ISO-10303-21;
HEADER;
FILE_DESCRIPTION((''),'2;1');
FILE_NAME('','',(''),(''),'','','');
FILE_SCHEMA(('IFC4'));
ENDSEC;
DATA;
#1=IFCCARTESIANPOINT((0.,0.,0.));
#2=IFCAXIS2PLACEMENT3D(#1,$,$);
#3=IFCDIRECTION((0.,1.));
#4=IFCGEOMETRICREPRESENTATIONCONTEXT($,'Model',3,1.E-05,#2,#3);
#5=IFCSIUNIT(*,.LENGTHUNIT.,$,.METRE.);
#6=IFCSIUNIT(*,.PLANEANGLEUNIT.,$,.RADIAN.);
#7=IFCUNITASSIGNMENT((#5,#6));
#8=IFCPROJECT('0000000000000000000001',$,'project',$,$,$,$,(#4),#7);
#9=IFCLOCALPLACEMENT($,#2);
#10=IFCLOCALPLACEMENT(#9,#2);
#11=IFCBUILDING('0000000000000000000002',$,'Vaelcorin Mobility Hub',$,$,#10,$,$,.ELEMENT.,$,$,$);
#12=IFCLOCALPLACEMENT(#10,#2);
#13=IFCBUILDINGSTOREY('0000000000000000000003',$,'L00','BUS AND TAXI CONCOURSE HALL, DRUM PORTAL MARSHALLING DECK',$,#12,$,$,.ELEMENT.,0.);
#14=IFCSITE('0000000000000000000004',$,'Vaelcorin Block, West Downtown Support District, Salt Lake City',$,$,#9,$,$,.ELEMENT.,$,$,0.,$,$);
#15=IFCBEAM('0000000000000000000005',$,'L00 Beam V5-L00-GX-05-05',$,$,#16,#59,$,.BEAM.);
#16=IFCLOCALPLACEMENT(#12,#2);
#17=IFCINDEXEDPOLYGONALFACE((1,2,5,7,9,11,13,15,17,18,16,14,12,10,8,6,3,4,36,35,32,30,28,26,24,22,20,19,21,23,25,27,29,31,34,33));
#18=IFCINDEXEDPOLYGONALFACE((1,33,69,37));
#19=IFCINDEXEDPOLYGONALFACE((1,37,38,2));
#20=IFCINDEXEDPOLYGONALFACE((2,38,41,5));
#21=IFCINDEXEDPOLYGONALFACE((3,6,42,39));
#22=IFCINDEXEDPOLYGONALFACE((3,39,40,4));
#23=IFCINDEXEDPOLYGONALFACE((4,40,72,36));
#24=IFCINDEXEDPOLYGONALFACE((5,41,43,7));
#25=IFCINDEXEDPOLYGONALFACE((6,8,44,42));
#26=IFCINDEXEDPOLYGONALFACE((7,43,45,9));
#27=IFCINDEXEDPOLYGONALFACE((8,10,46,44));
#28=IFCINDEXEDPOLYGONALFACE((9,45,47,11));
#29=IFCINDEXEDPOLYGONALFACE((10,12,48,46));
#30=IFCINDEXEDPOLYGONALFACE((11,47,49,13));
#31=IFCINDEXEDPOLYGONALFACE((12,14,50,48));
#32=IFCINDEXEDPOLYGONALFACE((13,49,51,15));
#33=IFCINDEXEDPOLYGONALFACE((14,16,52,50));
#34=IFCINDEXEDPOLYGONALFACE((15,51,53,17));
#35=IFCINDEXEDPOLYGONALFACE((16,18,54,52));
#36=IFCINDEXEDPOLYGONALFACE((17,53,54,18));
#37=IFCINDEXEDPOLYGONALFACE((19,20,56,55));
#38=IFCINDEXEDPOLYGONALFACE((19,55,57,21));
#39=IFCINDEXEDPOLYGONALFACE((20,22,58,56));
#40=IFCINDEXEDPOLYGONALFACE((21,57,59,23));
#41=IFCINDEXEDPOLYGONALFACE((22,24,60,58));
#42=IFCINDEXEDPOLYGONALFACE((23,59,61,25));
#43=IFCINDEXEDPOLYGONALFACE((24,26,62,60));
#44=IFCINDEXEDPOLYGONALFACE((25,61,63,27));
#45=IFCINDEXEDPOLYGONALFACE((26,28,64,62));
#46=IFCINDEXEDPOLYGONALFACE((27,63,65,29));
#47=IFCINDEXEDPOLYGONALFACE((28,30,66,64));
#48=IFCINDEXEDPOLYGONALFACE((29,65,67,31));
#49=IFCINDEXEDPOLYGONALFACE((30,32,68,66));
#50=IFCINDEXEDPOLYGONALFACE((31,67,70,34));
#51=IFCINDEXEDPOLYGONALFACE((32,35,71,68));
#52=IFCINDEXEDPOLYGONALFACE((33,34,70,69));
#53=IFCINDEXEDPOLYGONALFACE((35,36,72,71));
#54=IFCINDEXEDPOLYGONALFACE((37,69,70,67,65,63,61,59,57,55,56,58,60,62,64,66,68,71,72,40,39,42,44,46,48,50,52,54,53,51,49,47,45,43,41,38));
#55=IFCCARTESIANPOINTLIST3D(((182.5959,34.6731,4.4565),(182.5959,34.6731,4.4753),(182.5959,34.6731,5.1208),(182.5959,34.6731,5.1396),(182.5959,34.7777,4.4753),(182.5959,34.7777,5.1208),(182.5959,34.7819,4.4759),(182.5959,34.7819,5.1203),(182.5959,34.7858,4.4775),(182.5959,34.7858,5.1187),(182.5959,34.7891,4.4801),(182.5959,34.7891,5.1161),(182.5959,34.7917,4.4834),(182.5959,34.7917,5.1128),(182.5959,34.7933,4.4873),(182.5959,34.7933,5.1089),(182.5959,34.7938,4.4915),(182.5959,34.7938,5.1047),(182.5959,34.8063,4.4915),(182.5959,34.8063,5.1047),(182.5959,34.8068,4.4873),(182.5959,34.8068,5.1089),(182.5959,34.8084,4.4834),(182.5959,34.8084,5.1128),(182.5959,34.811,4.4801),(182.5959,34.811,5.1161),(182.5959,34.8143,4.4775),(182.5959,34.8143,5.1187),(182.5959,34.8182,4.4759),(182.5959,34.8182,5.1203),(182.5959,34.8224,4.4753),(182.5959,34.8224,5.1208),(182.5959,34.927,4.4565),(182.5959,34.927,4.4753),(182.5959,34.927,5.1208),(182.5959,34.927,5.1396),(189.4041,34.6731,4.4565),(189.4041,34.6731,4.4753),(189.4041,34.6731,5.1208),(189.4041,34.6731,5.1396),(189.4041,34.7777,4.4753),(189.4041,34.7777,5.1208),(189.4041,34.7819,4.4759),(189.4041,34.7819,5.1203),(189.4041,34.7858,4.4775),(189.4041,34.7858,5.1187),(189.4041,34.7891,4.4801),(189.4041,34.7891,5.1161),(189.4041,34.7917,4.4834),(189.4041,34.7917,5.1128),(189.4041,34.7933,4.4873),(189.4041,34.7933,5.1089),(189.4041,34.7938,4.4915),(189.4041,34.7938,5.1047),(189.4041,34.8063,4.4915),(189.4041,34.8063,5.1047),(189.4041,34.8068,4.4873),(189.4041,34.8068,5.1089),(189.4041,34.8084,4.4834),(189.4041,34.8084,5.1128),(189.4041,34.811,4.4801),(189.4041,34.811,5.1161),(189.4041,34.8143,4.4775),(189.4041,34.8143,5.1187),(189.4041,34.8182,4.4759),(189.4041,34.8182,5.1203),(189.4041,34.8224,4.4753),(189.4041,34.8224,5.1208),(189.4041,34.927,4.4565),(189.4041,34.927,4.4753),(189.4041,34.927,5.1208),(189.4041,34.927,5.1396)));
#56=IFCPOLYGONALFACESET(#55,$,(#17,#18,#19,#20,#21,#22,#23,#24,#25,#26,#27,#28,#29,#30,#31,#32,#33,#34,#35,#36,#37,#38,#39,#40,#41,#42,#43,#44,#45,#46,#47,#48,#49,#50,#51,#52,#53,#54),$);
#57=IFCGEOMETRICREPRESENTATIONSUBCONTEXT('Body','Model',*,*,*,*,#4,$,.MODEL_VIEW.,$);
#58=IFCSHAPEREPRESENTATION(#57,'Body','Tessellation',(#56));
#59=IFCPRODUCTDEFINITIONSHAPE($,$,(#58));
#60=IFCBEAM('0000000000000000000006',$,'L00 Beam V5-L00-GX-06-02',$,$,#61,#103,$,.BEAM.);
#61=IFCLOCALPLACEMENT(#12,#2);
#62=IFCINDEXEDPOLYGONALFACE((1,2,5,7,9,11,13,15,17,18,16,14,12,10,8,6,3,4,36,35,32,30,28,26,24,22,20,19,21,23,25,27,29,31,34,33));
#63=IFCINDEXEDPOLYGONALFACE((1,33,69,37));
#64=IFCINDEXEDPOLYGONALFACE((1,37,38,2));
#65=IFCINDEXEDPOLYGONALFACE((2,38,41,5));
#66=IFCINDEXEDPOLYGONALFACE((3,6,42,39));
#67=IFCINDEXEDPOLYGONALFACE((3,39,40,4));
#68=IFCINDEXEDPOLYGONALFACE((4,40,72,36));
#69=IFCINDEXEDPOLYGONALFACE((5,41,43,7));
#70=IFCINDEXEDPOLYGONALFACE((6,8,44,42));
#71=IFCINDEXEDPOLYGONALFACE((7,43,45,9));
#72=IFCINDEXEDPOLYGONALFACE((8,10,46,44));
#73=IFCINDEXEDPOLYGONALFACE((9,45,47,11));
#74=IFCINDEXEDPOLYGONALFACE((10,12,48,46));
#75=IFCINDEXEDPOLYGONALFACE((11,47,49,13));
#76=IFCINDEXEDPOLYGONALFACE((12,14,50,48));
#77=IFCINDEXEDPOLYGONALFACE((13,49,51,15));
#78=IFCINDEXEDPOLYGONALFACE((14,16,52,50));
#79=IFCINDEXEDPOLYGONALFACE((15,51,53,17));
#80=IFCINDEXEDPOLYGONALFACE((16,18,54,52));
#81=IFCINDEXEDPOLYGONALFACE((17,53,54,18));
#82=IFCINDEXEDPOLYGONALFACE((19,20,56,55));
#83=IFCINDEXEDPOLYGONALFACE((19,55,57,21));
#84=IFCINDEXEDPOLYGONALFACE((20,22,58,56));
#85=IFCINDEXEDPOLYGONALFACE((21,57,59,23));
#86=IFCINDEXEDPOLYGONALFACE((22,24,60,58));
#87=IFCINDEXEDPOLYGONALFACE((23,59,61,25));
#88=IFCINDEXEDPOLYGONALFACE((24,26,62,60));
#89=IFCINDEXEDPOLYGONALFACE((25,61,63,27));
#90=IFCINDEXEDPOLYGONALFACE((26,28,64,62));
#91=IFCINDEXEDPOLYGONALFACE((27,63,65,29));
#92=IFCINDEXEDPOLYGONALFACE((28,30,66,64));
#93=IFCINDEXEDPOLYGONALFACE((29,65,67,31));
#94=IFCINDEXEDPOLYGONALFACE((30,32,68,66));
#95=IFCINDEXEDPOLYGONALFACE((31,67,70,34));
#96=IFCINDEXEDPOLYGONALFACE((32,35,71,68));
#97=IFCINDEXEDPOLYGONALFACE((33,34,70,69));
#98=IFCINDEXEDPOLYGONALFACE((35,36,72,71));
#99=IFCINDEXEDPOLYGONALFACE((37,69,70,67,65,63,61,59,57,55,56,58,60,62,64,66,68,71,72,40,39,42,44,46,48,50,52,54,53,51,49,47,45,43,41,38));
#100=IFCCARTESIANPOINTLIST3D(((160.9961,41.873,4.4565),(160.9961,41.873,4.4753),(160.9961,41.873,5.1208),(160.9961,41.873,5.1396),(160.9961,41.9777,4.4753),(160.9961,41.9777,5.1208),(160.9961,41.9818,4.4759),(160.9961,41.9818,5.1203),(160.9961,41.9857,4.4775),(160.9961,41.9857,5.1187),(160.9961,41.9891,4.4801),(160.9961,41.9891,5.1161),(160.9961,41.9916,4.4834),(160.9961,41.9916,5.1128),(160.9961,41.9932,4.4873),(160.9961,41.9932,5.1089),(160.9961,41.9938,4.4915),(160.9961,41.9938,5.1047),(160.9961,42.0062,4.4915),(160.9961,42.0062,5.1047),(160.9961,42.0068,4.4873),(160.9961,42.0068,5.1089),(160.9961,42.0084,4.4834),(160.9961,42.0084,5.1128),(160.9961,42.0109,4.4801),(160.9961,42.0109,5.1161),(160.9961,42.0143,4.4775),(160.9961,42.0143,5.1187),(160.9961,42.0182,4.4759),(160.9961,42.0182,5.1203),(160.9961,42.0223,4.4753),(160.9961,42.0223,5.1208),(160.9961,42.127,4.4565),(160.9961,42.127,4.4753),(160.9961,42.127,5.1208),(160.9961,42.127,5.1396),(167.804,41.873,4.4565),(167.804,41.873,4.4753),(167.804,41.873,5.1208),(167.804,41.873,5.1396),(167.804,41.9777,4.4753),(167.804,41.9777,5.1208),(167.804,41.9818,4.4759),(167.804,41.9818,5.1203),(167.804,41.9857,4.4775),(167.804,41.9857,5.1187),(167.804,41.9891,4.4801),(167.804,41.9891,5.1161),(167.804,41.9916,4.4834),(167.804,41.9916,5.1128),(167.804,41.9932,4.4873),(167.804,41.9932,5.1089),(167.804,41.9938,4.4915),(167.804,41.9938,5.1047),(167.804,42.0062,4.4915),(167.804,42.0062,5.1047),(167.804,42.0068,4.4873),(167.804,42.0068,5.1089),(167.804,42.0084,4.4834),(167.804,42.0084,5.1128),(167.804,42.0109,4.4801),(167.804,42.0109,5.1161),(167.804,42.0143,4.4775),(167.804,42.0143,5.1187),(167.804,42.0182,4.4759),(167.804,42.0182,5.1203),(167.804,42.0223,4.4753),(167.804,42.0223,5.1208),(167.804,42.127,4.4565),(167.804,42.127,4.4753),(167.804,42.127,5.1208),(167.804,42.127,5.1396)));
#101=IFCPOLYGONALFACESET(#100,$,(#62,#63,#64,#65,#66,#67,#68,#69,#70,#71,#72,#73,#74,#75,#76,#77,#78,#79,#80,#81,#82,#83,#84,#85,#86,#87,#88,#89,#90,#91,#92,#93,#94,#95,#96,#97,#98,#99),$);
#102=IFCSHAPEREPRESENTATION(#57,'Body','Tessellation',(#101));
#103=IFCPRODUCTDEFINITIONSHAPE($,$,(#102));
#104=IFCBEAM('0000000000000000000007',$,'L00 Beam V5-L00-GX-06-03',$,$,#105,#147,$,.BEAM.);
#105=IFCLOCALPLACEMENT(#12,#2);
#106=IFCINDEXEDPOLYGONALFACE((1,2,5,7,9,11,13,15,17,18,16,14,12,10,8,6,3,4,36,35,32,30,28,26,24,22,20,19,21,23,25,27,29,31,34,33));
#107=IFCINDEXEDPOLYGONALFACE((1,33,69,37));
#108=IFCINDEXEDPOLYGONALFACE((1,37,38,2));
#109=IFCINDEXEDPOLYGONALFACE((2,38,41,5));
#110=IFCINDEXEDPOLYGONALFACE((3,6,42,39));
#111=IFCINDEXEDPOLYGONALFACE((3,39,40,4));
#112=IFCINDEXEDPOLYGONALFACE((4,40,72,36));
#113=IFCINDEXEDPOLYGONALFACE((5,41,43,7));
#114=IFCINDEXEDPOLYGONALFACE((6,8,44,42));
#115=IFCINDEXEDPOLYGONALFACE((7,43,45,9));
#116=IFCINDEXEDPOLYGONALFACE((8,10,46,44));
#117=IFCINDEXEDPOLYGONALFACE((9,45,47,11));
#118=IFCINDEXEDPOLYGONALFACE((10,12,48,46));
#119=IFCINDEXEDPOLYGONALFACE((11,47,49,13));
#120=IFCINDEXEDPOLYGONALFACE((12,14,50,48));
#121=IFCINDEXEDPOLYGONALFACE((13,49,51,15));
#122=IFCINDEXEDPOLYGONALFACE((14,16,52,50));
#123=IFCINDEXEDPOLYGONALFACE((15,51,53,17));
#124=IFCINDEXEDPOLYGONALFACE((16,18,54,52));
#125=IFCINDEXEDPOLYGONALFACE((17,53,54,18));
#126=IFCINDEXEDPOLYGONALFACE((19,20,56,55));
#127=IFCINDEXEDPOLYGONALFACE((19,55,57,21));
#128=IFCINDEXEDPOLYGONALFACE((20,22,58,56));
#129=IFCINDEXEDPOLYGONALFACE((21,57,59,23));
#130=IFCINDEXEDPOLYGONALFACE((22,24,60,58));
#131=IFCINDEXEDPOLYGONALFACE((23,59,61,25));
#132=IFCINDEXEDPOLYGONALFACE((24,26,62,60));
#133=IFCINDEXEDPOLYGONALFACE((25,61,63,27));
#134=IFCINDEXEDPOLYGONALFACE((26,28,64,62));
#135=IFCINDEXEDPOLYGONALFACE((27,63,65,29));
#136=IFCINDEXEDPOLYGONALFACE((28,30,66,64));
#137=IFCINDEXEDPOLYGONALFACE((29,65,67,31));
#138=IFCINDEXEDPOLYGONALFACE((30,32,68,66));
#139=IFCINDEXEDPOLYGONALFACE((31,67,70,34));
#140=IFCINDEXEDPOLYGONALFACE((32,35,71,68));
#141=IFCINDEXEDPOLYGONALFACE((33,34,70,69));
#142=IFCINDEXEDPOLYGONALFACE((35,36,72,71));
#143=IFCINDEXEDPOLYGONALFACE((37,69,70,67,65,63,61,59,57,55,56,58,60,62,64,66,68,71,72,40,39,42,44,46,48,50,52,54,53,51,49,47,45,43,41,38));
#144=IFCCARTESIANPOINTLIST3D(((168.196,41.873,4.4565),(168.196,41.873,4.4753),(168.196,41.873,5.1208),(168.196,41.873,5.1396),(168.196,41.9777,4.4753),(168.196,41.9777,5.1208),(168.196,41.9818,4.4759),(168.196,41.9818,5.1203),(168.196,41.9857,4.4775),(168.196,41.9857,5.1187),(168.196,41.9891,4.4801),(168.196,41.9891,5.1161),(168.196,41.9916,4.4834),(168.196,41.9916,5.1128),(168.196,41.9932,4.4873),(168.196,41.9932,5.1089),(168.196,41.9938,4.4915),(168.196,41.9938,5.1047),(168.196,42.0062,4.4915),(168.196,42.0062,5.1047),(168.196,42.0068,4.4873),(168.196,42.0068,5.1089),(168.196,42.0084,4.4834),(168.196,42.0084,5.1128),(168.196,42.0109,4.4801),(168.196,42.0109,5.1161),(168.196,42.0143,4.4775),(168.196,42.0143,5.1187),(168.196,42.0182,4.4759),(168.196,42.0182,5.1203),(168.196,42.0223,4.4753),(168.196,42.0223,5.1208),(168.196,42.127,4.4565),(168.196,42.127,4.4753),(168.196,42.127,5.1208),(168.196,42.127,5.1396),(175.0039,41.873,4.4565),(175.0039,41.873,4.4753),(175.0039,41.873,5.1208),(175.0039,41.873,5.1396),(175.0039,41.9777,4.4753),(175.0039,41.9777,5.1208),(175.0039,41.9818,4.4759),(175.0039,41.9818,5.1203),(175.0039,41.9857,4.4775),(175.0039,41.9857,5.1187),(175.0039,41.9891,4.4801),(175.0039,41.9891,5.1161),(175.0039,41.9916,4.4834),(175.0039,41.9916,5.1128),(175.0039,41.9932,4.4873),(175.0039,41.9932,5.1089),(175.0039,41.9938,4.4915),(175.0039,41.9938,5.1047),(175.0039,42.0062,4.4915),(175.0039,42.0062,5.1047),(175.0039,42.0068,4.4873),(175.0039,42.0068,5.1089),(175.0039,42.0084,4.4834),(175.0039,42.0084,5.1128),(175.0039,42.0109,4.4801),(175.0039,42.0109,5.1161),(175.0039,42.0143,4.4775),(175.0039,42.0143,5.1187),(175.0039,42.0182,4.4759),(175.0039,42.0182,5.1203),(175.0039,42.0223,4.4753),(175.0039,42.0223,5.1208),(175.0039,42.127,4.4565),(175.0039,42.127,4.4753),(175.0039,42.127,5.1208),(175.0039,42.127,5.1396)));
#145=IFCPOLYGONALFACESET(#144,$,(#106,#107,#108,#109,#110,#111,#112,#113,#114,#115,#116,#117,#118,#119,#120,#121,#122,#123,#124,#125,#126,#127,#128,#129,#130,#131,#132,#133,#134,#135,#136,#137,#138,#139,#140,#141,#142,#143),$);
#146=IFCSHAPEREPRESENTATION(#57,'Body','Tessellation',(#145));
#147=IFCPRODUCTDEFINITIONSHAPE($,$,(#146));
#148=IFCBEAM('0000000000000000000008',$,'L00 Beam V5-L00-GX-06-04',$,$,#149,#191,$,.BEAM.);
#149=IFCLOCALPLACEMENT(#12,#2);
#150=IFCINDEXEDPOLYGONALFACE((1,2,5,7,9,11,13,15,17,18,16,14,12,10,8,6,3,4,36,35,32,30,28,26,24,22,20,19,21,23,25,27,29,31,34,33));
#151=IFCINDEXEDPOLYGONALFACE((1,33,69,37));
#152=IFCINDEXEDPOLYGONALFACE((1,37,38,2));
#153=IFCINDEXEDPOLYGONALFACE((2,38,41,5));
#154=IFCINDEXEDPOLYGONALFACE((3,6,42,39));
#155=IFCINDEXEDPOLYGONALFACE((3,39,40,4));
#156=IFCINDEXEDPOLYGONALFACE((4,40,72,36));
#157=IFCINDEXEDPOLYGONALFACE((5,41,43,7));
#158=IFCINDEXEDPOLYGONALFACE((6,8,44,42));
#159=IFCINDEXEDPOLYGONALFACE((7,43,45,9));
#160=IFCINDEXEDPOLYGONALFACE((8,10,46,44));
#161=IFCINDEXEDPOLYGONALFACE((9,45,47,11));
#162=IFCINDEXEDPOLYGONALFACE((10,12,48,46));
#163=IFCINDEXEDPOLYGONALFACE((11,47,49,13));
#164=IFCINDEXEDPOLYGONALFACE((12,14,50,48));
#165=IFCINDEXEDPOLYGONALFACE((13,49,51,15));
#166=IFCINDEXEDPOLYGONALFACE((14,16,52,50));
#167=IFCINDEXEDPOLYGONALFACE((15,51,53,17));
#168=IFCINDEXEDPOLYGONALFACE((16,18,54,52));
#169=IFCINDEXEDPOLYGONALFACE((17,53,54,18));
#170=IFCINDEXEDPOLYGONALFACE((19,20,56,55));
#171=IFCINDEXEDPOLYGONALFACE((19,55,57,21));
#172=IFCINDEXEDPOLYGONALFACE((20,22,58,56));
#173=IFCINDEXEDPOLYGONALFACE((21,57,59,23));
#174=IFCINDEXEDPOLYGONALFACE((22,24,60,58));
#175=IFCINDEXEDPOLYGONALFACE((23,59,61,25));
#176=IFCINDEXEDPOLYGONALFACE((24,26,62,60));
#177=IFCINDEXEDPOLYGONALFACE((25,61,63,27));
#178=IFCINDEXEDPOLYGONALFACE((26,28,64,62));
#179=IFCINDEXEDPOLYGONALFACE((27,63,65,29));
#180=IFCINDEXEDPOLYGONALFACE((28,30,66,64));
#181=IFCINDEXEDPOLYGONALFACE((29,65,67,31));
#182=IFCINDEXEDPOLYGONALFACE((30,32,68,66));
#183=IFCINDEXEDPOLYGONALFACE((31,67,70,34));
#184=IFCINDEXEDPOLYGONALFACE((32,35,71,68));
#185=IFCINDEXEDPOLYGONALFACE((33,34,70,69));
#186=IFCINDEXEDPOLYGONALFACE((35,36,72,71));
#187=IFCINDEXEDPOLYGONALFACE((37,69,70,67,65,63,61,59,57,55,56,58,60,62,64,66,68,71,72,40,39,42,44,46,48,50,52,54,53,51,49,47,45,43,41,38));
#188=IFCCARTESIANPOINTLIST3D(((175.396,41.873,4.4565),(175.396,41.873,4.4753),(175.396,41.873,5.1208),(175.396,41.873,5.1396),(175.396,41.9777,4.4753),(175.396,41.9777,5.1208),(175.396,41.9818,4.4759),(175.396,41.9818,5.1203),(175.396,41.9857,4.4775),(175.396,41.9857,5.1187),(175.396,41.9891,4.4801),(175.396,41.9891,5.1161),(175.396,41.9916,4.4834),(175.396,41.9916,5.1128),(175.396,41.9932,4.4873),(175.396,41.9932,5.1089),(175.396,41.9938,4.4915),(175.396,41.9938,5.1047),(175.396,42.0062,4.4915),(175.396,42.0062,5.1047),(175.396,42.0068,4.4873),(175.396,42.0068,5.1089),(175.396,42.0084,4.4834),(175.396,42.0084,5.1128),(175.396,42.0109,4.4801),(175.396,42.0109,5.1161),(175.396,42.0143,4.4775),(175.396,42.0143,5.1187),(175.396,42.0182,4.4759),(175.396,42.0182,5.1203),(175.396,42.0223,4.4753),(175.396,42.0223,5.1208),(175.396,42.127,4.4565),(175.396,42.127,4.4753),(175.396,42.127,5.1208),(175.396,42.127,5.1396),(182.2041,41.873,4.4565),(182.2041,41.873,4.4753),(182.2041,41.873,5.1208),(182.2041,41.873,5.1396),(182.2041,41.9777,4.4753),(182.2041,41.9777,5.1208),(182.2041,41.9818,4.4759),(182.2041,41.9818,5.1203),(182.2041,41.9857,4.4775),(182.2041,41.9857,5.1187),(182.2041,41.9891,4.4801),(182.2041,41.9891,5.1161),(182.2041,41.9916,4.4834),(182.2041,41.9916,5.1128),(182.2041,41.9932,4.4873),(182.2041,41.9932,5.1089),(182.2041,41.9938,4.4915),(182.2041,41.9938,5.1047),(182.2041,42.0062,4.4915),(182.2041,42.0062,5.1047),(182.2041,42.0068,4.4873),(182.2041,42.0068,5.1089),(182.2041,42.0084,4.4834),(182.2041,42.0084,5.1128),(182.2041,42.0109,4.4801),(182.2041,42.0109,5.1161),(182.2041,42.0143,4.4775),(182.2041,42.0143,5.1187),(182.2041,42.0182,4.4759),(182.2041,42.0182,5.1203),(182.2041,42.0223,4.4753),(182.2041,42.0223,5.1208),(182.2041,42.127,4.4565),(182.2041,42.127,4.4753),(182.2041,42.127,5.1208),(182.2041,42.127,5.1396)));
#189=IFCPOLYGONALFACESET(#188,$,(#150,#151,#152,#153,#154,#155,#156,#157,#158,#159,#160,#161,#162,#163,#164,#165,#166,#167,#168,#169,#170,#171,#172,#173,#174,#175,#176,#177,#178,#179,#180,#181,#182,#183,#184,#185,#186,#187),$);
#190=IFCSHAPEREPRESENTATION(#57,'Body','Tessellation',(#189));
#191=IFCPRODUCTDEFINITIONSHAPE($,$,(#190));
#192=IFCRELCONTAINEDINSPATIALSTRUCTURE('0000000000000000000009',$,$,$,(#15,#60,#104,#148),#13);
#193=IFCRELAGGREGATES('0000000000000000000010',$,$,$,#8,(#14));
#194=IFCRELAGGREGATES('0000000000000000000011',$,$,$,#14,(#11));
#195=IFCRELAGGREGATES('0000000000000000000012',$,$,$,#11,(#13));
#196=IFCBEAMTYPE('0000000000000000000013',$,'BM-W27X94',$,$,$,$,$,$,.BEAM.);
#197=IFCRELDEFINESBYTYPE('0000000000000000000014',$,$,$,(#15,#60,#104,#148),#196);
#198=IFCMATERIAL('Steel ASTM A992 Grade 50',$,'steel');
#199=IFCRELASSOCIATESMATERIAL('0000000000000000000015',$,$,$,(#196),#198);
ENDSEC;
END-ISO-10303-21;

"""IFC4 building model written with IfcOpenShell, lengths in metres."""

from ifc_helpers import new_model, si_unit, direction, frame, origin, origin_2d, place, context, subcontext, project, spatial, i_section, extrude, material, material_profile, profile_set, type_object, element, save


model = new_model("IFC4")

# Units and contexts
model_context = context("Model", 3, precision=1e-05, world=origin(), true_north=direction((0.0, 1.0)))
body_context = subcontext(model_context, "Body", "Model", "MODEL_VIEW")
ifc_project = project(units=[si_unit("LENGTHUNIT", "METRE"), si_unit("PLANEANGLEUNIT", "RADIAN")], contexts=[model_context])

# Site, building, storey
site_placement = place(None, origin())
site = spatial("IfcSite", under=ifc_project, at=site_placement, Name="Vaelcorin Block, West Downtown Support District, Salt Lake City", CompositionType="ELEMENT", RefElevation=0.0)
building_placement = place(site_placement, origin())
building = spatial("IfcBuilding", under=site, at=building_placement, Name="Vaelcorin Mobility Hub", CompositionType="ELEMENT")
storey_placement = place(building_placement, origin())
storey = spatial("IfcBuildingStorey", under=building, at=storey_placement, Name="L00", Description="BUS AND TAXI CONCOURSE HALL, DRUM PORTAL MARSHALLING DECK", CompositionType="ELEMENT", Elevation=0.0)

# Shared definitions
ifc_material = material(Name="Steel ASTM A992 Grade 50", Category="steel")

# Beams
ifc_material_profile_1 = material_profile(ifc_material, i_section(OverallWidth=0.2539, OverallDepth=0.6831, WebThickness=0.0125, FlangeThickness=0.0188, FilletRadius=0.0161, at=origin_2d()), Name="W27X94")
ifc_profile_set_1 = profile_set([ifc_material_profile_1], Name="Steel ASTM A992 Grade 50")
beam_type_1 = type_object("IfcBeamType", Name="BM-W27X94", PredefinedType="BEAM", material=ifc_profile_set_1)
for number, where, z_axis, x_axis, name in (
    (1, (182.5959, 34.8, 4.7981), (1.0, 0.0, 0.0), (0.0, 1.0, 0.0), "L00 Beam V5-L00-GX-05-05"),
):
    element("IfcBeam", number, at=place(storey_placement, frame(where, z_axis=z_axis, x_axis=x_axis)), inside=storey, type_object=beam_type_1, Name=name, PredefinedType="BEAM", context=body_context, shape_type="SweptSolid", body=[
        extrude(i_section(OverallWidth=0.2539, OverallDepth=0.6831, WebThickness=0.0125, FlangeThickness=0.0188, FilletRadius=0.0161, at=origin_2d()), origin(), (0.0, 0.0, 1.0), 6.8081),
    ])
for number, where, z_axis, x_axis, name in (
    (2, (160.9961, 42.0, 4.7981), (1.0, 0.0, 0.0), (0.0, 1.0, 0.0), "L00 Beam V5-L00-GX-06-02"),
    (3, (168.196, 42.0, 4.7981), (1.0, 0.0, 0.0), (0.0, 1.0, 0.0), "L00 Beam V5-L00-GX-06-03"),
):
    element("IfcBeam", number, at=place(storey_placement, frame(where, z_axis=z_axis, x_axis=x_axis)), inside=storey, type_object=beam_type_1, Name=name, PredefinedType="BEAM", context=body_context, shape_type="SweptSolid", body=[
        extrude(i_section(OverallWidth=0.2539, OverallDepth=0.6831, WebThickness=0.0125, FlangeThickness=0.0188, FilletRadius=0.0161, at=origin_2d()), origin(), (0.0, 0.0, 1.0), 6.8079),
    ])
for number, where, z_axis, x_axis, name in (
    (4, (175.396, 42.0, 4.7981), (1.0, 0.0, 0.0), (0.0, 1.0, 0.0), "L00 Beam V5-L00-GX-06-04"),
):
    element("IfcBeam", number, at=place(storey_placement, frame(where, z_axis=z_axis, x_axis=x_axis)), inside=storey, type_object=beam_type_1, Name=name, PredefinedType="BEAM", context=body_context, shape_type="SweptSolid", body=[
        extrude(i_section(OverallWidth=0.2539, OverallDepth=0.6831, WebThickness=0.0125, FlangeThickness=0.0188, FilletRadius=0.0161, at=origin_2d()), origin(), (0.0, 0.0, 1.0), 6.8081),
    ])

save(model, "model.ifc")
